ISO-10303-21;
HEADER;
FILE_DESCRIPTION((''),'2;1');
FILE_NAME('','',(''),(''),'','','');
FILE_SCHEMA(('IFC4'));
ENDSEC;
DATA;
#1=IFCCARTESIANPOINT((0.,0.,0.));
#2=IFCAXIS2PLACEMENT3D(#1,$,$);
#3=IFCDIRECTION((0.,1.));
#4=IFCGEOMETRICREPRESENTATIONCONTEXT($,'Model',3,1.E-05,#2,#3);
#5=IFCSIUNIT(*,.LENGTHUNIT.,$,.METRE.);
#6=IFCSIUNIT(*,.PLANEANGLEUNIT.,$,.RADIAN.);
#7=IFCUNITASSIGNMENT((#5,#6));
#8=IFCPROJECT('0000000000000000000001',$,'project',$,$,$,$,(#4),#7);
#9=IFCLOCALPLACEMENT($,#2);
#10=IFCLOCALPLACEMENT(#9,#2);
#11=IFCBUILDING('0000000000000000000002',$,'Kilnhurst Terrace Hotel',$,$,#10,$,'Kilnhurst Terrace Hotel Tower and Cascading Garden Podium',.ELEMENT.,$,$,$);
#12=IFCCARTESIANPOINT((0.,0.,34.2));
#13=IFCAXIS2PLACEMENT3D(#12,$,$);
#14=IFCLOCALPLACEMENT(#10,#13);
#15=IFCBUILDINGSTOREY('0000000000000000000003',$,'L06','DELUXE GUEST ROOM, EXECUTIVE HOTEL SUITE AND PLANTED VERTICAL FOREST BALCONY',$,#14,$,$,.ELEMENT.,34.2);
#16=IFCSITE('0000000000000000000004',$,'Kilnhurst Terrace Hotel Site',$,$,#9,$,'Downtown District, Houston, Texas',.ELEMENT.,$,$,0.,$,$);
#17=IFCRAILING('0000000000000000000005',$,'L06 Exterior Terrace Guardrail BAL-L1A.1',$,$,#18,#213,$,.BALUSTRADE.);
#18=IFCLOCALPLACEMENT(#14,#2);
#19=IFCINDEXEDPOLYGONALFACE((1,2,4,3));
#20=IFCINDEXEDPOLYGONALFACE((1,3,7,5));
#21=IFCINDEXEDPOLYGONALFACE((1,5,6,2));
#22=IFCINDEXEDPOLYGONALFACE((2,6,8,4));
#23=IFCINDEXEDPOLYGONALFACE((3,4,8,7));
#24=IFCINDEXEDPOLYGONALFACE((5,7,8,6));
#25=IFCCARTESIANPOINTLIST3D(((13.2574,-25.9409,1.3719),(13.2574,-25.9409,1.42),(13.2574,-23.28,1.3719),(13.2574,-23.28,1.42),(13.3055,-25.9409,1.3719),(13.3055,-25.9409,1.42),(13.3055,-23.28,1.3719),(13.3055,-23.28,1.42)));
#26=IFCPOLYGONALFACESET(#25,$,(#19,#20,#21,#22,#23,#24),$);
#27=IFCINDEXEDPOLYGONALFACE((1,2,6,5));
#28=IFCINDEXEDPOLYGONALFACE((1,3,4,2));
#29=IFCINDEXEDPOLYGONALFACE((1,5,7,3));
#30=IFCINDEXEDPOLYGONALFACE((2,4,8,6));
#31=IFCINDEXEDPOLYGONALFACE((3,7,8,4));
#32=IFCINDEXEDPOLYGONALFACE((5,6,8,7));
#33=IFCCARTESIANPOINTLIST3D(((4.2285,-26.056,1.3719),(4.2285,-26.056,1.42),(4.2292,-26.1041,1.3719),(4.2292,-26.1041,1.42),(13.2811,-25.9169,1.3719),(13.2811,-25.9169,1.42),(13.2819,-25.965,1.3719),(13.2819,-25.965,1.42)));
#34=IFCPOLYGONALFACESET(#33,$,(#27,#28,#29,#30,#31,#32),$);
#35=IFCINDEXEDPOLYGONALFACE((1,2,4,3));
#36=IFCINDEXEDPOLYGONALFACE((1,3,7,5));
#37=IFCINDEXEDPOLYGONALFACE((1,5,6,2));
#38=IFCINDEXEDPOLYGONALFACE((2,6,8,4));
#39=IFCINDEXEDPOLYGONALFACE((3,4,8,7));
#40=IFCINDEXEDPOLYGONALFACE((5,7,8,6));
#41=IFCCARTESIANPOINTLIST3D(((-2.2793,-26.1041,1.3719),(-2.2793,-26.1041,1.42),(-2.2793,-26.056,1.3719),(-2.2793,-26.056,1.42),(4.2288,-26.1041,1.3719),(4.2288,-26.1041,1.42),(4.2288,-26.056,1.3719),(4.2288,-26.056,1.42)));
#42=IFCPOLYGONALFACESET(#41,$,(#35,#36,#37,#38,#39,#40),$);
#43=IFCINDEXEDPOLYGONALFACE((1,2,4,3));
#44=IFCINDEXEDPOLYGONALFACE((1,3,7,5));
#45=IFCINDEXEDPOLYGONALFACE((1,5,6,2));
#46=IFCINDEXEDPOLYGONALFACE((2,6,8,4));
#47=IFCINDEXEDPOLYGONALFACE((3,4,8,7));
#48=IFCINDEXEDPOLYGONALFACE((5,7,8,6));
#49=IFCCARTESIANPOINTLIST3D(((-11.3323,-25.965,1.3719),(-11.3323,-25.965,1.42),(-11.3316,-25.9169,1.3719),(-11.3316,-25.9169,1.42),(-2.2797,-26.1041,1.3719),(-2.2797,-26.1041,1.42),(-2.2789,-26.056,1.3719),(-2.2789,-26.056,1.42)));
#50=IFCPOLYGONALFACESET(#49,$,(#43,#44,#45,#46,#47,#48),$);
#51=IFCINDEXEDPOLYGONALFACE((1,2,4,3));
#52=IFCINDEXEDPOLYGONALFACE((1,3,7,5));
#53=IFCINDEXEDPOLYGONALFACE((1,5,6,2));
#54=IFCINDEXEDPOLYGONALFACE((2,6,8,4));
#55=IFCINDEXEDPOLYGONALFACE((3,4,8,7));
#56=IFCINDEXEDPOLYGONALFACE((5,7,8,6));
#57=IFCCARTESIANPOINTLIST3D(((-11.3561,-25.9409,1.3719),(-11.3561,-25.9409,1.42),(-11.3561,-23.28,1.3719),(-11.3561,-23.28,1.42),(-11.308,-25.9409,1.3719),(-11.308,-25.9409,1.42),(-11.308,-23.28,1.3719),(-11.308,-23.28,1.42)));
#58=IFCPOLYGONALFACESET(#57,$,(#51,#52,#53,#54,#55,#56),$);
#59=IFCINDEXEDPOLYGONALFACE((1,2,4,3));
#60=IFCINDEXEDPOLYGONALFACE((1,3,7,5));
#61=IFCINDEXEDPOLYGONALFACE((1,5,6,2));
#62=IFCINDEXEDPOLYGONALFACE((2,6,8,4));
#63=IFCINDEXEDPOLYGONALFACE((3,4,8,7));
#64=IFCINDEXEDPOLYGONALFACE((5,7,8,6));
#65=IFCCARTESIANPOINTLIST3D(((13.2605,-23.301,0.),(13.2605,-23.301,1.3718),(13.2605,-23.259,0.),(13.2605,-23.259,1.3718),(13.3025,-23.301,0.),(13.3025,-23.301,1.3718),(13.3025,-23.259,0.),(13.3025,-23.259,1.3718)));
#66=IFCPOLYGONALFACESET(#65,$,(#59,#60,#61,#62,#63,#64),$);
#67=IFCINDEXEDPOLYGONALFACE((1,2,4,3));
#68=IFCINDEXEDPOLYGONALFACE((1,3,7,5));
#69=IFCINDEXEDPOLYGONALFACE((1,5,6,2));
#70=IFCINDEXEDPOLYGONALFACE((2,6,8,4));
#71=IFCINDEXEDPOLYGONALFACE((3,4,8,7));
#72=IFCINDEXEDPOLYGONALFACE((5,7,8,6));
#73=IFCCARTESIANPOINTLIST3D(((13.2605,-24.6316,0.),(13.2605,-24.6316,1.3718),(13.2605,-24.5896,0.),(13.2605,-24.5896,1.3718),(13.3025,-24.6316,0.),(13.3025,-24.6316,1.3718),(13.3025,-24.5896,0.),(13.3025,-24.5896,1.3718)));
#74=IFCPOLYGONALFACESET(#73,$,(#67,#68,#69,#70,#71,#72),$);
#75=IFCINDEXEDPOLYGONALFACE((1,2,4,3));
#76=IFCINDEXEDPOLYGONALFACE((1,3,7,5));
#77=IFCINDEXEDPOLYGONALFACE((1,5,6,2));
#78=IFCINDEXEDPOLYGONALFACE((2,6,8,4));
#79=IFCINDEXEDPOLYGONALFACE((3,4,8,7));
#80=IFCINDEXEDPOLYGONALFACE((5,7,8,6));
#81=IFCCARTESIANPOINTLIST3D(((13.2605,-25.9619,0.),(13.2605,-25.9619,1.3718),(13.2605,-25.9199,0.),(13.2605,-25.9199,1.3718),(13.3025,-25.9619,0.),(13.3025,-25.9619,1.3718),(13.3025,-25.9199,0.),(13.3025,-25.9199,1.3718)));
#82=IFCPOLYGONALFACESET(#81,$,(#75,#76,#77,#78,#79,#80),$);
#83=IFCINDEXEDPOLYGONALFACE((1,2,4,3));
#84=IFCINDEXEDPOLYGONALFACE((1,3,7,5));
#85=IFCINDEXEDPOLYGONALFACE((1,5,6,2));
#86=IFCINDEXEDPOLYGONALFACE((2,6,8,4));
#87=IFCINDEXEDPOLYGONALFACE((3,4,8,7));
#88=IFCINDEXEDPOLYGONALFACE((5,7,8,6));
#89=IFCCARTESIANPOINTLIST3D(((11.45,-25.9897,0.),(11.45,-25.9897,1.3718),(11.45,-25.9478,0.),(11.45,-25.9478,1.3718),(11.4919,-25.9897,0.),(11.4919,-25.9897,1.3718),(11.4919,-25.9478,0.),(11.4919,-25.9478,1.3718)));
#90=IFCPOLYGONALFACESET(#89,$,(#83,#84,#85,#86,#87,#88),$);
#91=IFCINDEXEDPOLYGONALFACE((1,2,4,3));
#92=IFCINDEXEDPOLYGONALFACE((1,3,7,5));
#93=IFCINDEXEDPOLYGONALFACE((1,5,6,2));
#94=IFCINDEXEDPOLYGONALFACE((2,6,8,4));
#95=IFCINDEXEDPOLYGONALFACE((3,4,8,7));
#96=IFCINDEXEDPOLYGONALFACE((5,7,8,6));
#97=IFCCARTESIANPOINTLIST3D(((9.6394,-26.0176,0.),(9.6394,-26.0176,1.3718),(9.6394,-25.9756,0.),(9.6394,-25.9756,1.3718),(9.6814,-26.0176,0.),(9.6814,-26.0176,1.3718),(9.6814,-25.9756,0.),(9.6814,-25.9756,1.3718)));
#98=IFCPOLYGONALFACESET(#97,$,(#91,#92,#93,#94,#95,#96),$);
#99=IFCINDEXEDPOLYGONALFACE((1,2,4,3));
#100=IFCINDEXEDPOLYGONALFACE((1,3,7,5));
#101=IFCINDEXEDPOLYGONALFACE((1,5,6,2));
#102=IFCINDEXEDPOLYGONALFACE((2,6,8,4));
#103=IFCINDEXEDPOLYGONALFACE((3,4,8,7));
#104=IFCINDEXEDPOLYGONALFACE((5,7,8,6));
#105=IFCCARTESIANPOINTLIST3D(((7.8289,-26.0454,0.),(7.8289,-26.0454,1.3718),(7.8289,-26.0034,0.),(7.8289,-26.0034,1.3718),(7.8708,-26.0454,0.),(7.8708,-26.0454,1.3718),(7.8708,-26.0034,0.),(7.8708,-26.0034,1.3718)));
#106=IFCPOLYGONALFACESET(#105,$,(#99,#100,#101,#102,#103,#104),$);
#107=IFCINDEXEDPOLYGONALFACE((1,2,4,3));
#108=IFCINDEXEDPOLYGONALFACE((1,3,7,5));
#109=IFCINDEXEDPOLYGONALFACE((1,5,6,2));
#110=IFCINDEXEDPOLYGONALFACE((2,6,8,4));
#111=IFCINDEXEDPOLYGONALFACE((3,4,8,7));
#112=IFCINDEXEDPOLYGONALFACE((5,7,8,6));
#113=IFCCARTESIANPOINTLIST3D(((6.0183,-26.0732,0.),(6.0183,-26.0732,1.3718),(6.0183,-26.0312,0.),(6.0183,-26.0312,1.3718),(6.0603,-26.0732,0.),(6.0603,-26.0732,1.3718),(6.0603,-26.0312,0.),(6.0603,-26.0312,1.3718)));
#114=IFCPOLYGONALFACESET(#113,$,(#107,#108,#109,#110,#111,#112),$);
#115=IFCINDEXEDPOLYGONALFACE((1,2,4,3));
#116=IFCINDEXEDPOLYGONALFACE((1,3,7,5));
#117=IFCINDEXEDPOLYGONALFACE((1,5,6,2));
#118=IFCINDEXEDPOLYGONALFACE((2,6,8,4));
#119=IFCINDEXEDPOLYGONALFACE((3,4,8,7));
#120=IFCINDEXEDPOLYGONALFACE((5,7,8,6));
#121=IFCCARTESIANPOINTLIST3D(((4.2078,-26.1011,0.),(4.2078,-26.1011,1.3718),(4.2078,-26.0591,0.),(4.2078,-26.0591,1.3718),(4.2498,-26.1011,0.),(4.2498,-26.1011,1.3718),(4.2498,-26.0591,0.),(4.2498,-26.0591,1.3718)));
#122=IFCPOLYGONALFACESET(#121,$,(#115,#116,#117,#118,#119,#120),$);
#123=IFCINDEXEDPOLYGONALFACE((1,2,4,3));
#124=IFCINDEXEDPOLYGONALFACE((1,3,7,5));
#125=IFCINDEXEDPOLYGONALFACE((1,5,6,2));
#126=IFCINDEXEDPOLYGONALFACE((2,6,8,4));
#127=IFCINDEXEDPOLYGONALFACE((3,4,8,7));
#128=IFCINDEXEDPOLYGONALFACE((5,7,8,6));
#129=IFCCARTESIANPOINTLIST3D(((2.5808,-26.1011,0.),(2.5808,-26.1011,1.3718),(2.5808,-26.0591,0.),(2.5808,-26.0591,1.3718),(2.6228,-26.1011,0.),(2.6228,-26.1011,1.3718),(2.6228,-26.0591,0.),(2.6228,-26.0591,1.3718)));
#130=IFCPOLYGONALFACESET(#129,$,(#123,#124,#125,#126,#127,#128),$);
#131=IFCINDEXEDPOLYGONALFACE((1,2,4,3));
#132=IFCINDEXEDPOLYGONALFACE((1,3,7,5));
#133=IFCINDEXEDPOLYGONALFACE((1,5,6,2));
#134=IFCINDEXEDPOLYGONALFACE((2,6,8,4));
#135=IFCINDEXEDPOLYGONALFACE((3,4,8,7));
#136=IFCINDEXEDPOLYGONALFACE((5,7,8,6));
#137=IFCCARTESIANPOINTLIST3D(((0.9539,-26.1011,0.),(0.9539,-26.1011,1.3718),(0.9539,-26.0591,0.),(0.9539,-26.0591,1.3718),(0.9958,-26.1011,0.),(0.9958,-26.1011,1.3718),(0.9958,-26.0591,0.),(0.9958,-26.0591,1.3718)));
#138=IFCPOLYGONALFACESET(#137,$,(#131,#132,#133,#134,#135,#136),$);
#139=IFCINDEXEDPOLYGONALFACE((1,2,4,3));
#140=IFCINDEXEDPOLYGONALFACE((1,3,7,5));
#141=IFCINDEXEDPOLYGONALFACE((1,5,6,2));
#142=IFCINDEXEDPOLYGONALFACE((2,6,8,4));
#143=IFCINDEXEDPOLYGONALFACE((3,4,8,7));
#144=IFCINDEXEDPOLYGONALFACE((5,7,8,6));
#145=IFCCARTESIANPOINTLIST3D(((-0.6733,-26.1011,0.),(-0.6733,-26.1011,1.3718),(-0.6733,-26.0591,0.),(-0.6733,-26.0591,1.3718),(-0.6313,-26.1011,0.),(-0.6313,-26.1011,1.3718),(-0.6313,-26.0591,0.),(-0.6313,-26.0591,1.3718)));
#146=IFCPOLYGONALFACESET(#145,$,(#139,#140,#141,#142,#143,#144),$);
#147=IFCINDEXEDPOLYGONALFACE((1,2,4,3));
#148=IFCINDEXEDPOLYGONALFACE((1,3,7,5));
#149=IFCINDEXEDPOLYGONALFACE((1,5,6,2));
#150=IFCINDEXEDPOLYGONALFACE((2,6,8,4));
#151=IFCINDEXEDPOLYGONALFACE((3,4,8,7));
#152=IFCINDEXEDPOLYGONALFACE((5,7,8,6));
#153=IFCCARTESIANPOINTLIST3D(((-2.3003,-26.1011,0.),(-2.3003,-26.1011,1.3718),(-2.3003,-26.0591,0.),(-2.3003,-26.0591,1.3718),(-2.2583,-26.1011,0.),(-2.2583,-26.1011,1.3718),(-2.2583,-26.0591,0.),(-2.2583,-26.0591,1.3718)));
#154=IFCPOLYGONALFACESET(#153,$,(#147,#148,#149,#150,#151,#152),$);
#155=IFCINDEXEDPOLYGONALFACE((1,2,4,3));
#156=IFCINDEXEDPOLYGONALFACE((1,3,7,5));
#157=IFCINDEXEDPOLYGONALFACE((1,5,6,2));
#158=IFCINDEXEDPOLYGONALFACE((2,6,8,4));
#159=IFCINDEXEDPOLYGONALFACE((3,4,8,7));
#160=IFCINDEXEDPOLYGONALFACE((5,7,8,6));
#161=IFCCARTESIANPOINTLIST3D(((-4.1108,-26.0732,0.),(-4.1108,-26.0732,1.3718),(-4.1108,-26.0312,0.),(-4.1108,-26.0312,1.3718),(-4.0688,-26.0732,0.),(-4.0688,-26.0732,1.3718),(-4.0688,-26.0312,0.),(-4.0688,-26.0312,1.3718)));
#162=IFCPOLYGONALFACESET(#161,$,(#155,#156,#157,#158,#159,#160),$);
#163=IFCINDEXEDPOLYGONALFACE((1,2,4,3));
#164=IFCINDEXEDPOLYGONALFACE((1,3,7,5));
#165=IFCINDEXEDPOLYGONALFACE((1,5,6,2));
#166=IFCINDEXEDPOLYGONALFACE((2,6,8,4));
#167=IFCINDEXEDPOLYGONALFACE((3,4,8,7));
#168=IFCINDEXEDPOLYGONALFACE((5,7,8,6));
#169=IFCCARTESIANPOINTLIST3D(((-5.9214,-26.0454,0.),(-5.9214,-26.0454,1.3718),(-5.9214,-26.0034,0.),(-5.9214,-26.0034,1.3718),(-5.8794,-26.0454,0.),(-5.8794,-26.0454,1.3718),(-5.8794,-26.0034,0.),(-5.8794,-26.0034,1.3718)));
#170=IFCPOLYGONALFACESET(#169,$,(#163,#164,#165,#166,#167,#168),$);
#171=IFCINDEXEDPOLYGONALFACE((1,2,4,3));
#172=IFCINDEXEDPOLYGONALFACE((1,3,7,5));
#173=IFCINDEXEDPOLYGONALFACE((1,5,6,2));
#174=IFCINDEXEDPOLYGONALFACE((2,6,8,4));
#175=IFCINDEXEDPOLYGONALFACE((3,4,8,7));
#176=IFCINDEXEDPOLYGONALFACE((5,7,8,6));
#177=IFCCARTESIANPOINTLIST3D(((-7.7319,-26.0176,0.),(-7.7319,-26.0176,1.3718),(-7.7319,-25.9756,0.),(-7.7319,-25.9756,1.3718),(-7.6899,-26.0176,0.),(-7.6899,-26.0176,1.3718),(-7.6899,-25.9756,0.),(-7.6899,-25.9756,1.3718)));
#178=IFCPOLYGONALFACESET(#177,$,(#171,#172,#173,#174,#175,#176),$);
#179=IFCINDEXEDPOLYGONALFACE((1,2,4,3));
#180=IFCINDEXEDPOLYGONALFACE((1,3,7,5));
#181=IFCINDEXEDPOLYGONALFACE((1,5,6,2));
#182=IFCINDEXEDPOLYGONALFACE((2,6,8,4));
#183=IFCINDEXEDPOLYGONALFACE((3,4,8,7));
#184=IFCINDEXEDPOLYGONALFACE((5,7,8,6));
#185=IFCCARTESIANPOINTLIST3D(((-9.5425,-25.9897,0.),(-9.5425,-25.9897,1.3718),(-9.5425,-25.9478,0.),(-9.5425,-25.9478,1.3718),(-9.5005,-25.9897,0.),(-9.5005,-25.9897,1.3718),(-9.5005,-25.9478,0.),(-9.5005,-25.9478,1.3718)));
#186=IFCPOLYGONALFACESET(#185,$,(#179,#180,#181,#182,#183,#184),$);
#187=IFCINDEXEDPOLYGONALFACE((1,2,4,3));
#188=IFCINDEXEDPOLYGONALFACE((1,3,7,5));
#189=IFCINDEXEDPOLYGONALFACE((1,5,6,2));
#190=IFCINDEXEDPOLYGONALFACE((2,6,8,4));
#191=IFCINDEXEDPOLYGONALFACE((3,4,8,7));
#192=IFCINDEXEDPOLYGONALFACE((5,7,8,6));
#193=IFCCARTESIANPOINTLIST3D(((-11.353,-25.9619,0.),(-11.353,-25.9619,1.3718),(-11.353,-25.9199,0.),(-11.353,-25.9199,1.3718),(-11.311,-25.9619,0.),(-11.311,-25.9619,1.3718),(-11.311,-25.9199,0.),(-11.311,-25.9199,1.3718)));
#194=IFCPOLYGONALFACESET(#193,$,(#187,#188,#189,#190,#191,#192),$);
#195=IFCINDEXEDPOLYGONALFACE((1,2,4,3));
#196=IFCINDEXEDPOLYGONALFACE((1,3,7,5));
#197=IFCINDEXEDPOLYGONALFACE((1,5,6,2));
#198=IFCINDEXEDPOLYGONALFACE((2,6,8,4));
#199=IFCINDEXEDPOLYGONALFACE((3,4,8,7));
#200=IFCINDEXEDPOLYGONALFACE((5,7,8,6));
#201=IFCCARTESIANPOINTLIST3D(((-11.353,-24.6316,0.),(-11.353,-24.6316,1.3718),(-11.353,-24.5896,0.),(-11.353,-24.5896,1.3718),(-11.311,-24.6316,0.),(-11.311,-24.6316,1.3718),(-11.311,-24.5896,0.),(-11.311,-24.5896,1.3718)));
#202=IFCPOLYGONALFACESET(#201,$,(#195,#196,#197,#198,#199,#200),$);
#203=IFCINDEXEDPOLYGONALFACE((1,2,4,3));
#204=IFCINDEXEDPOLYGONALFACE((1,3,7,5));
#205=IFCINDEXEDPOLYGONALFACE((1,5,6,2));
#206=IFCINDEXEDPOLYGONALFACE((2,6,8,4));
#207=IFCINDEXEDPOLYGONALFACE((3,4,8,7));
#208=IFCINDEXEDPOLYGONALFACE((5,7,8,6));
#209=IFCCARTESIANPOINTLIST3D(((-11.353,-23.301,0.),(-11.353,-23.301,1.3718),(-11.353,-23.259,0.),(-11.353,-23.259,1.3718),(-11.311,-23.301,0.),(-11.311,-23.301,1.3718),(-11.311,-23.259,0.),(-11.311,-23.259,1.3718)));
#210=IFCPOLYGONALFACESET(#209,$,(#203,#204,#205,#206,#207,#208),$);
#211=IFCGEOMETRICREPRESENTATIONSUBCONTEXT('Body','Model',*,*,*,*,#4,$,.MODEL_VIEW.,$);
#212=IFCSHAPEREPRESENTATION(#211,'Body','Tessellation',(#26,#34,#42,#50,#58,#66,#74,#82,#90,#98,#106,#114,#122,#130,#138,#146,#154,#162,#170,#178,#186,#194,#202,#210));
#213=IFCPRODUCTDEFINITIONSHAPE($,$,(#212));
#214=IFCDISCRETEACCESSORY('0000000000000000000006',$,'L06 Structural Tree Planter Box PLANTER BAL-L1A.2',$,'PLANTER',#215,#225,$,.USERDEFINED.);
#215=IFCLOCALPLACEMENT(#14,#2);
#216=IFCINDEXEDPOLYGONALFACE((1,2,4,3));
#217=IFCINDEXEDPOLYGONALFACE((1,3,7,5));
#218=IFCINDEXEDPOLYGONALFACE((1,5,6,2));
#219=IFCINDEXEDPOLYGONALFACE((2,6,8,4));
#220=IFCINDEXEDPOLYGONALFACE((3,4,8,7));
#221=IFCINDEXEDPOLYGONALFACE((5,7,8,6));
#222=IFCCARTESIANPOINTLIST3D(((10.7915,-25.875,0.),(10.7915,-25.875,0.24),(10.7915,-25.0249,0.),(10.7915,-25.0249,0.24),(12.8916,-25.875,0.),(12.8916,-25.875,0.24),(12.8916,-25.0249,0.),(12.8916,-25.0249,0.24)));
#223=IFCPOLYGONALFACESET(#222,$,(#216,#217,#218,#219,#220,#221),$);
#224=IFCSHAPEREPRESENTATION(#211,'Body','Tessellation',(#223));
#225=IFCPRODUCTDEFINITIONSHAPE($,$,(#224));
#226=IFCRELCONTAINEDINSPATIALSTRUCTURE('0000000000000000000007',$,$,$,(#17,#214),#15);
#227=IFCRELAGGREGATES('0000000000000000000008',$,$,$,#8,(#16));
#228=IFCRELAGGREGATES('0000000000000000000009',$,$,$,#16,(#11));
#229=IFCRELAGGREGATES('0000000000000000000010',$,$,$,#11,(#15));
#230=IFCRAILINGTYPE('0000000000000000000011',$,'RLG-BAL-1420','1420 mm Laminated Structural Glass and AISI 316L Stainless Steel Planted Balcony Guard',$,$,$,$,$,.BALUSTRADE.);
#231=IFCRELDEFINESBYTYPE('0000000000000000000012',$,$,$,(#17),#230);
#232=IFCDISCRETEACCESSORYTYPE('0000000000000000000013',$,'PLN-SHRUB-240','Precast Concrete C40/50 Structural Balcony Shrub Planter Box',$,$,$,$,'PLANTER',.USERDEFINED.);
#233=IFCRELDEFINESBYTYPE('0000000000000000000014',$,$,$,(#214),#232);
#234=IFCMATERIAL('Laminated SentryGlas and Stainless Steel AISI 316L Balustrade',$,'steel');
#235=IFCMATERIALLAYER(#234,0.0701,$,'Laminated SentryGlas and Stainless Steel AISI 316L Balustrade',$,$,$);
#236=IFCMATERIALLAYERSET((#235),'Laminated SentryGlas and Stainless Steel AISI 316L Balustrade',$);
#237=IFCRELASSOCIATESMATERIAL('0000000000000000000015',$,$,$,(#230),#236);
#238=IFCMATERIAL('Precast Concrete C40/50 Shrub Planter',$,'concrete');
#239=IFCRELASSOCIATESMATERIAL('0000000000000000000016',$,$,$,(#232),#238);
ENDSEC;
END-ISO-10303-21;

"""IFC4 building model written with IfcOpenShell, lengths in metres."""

from ifc_helpers import new_model, si_unit, direction, frame, origin, origin_2d, place, context, subcontext, project, spatial, rectangle, extrude, material, layer, layer_set, type_object, element, save


model = new_model("IFC4")

# Units and contexts
model_context = context("Model", 3, precision=1e-05, world=origin(), true_north=direction((0.0, 1.0)))
body_context = subcontext(model_context, "Body", "Model", "MODEL_VIEW")
ifc_project = project(units=[si_unit("LENGTHUNIT", "METRE"), si_unit("PLANEANGLEUNIT", "RADIAN")], contexts=[model_context])

# Site, building, storey
site_placement = place(None, origin())
site = spatial("IfcSite", under=ifc_project, at=site_placement, Name="Kilnhurst Terrace Hotel Site", LongName="Downtown District, Houston, Texas", CompositionType="ELEMENT", RefElevation=0.0)
building_placement = place(site_placement, origin())
building = spatial("IfcBuilding", under=site, at=building_placement, Name="Kilnhurst Terrace Hotel", LongName="Kilnhurst Terrace Hotel Tower and Cascading Garden Podium", CompositionType="ELEMENT")
storey_placement = place(building_placement, frame((0.0, 0.0, 34.2)))
storey = spatial("IfcBuildingStorey", under=building, at=storey_placement, Name="L06", Description="DELUXE GUEST ROOM, EXECUTIVE HOTEL SUITE AND PLANTED VERTICAL FOREST BALCONY", CompositionType="ELEMENT", Elevation=34.2)

# Railing
ifc_material_1 = material(Name="Laminated SentryGlas and Stainless Steel AISI 316L Balustrade", Category="steel")
ifc_layer_1 = layer(ifc_material_1, 0.0701, Name="Laminated SentryGlas and Stainless Steel AISI 316L Balustrade")
ifc_layer_set_1 = layer_set([ifc_layer_1], Name="Laminated SentryGlas and Stainless Steel AISI 316L Balustrade")
railing_type = type_object("IfcRailingType", Name="RLG-BAL-1420", Description="1420 mm Laminated Structural Glass and AISI 316L Stainless Steel Planted Balcony Guard", PredefinedType="BALUSTRADE", material=ifc_layer_set_1)
railing_placement = place(storey_placement, frame((13.2815, -23.28, 0.0)))
element("IfcRailing", 1, at=railing_placement, inside=storey, type_object=railing_type, Name="L06 Exterior Terrace Guardrail BAL-L1A.1", PredefinedType="BALUSTRADE", context=body_context, shape_type="SweptSolid", body=[
    extrude(rectangle(XDim=0.0481, YDim=0.0481, at=origin_2d()), frame((0.0, 0.0, 1.396), z_axis=(0.0, -1.0, 0.0), x_axis=(1.0, 0.0, 0.0)), (0.0, 0.0, 1.0), 2.6609),
    extrude(rectangle(XDim=0.0481, YDim=0.0481, at=origin_2d()), frame((0.0, -2.6609, 1.396), z_axis=(-0.999882, -0.01537, 0.0), x_axis=(0.01537, -0.999882, 0.0)), (0.0, 0.0, 1.0), 9.0537),
    extrude(rectangle(XDim=0.0481, YDim=0.0481, at=origin_2d()), frame((-9.0527, -2.8, 1.396), z_axis=(-1.0, 0.0, 0.0), x_axis=(0.0, -1.0, 0.0)), (0.0, 0.0, 1.0), 6.5081),
    extrude(rectangle(XDim=0.0481, YDim=0.0481, at=origin_2d()), frame((-15.5608, -2.8, 1.396), z_axis=(-0.999882, 0.01537, 0.0), x_axis=(-0.01537, -0.999882, 0.0)), (0.0, 0.0, 1.0), 9.0537),
    extrude(rectangle(XDim=0.0481, YDim=0.0481, at=origin_2d()), frame((-24.6135, -2.6609, 1.396), z_axis=(0.0, 1.0, 0.0), x_axis=(-1.0, 0.0, 0.0)), (0.0, 0.0, 1.0), 2.6609),
    extrude(rectangle(XDim=0.042, YDim=0.042, at=origin_2d()), origin(), (0.0, 0.0, 1.0), 1.3718),
    extrude(rectangle(XDim=0.042, YDim=0.042, at=origin_2d()), frame((0.0, -1.3306, 0.0)), (0.0, 0.0, 1.0), 1.3718),
    extrude(rectangle(XDim=0.042, YDim=0.042, at=origin_2d()), frame((0.0, -2.6609, 0.0)), (0.0, 0.0, 1.0), 1.3718),
    extrude(rectangle(XDim=0.042, YDim=0.042, at=origin_2d()), frame((-1.8105, -2.6887, 0.0)), (0.0, 0.0, 1.0), 1.3718),
    extrude(rectangle(XDim=0.042, YDim=0.042, at=origin_2d()), frame((-3.6211, -2.7166, 0.0)), (0.0, 0.0, 1.0), 1.3718),
    extrude(rectangle(XDim=0.042, YDim=0.042, at=origin_2d()), frame((-5.4316, -2.7444, 0.0)), (0.0, 0.0, 1.0), 1.3718),
    extrude(rectangle(XDim=0.042, YDim=0.042, at=origin_2d()), frame((-7.2422, -2.7722, 0.0)), (0.0, 0.0, 1.0), 1.3718),
    extrude(rectangle(XDim=0.042, YDim=0.042, at=origin_2d()), frame((-9.0527, -2.8, 0.0)), (0.0, 0.0, 1.0), 1.3718),
    extrude(rectangle(XDim=0.042, YDim=0.042, at=origin_2d()), frame((-10.6797, -2.8, 0.0)), (0.0, 0.0, 1.0), 1.3718),
    extrude(rectangle(XDim=0.042, YDim=0.042, at=origin_2d()), frame((-12.3066, -2.8, 0.0)), (0.0, 0.0, 1.0), 1.3718),
    extrude(rectangle(XDim=0.042, YDim=0.042, at=origin_2d()), frame((-13.9338, -2.8, 0.0)), (0.0, 0.0, 1.0), 1.3718),
    extrude(rectangle(XDim=0.042, YDim=0.042, at=origin_2d()), frame((-15.5608, -2.8, 0.0)), (0.0, 0.0, 1.0), 1.3718),
    extrude(rectangle(XDim=0.042, YDim=0.042, at=origin_2d()), frame((-17.3713, -2.7722, 0.0)), (0.0, 0.0, 1.0), 1.3718),
    extrude(rectangle(XDim=0.042, YDim=0.042, at=origin_2d()), frame((-19.1819, -2.7444, 0.0)), (0.0, 0.0, 1.0), 1.3718),
    extrude(rectangle(XDim=0.042, YDim=0.042, at=origin_2d()), frame((-20.9924, -2.7166, 0.0)), (0.0, 0.0, 1.0), 1.3718),
    extrude(rectangle(XDim=0.042, YDim=0.042, at=origin_2d()), frame((-22.803, -2.6887, 0.0)), (0.0, 0.0, 1.0), 1.3718),
    extrude(rectangle(XDim=0.042, YDim=0.042, at=origin_2d()), frame((-24.6135, -2.6609, 0.0)), (0.0, 0.0, 1.0), 1.3718),
    extrude(rectangle(XDim=0.042, YDim=0.042, at=origin_2d()), frame((-24.6135, -1.3306, 0.0)), (0.0, 0.0, 1.0), 1.3718),
    extrude(rectangle(XDim=0.042, YDim=0.042, at=origin_2d()), frame((-24.6135, 0.0, 0.0)), (0.0, 0.0, 1.0), 1.3718),
])

# Discrete accessory
ifc_material_2 = material(Name="Precast Concrete C40/50 Shrub Planter", Category="concrete")
discrete_accessory_type_1 = type_object("IfcDiscreteAccessoryType", Name="PLN-SHRUB-240", Description="Precast Concrete C40/50 Structural Balcony Shrub Planter Box", ElementType="PLANTER", PredefinedType="USERDEFINED", material=ifc_material_2)
discrete_accessory_1_placement = place(storey_placement, frame((11.8416, -25.45, 0.0), z_axis=(0.0, 0.0, 1.0), x_axis=(1.0, 0.0, 0.0)))
element("IfcDiscreteAccessory", 2, at=discrete_accessory_1_placement, inside=storey, type_object=discrete_accessory_type_1, Name="L06 Structural Tree Planter Box PLANTER BAL-L1A.2", ObjectType="PLANTER", PredefinedType="USERDEFINED", context=body_context, shape_type="SweptSolid", body=[
    extrude(rectangle(XDim=2.1001, YDim=0.8501, at=origin_2d()), origin(), (0.0, 0.0, 1.0), 0.24),
])

save(model, "model.ifc")
